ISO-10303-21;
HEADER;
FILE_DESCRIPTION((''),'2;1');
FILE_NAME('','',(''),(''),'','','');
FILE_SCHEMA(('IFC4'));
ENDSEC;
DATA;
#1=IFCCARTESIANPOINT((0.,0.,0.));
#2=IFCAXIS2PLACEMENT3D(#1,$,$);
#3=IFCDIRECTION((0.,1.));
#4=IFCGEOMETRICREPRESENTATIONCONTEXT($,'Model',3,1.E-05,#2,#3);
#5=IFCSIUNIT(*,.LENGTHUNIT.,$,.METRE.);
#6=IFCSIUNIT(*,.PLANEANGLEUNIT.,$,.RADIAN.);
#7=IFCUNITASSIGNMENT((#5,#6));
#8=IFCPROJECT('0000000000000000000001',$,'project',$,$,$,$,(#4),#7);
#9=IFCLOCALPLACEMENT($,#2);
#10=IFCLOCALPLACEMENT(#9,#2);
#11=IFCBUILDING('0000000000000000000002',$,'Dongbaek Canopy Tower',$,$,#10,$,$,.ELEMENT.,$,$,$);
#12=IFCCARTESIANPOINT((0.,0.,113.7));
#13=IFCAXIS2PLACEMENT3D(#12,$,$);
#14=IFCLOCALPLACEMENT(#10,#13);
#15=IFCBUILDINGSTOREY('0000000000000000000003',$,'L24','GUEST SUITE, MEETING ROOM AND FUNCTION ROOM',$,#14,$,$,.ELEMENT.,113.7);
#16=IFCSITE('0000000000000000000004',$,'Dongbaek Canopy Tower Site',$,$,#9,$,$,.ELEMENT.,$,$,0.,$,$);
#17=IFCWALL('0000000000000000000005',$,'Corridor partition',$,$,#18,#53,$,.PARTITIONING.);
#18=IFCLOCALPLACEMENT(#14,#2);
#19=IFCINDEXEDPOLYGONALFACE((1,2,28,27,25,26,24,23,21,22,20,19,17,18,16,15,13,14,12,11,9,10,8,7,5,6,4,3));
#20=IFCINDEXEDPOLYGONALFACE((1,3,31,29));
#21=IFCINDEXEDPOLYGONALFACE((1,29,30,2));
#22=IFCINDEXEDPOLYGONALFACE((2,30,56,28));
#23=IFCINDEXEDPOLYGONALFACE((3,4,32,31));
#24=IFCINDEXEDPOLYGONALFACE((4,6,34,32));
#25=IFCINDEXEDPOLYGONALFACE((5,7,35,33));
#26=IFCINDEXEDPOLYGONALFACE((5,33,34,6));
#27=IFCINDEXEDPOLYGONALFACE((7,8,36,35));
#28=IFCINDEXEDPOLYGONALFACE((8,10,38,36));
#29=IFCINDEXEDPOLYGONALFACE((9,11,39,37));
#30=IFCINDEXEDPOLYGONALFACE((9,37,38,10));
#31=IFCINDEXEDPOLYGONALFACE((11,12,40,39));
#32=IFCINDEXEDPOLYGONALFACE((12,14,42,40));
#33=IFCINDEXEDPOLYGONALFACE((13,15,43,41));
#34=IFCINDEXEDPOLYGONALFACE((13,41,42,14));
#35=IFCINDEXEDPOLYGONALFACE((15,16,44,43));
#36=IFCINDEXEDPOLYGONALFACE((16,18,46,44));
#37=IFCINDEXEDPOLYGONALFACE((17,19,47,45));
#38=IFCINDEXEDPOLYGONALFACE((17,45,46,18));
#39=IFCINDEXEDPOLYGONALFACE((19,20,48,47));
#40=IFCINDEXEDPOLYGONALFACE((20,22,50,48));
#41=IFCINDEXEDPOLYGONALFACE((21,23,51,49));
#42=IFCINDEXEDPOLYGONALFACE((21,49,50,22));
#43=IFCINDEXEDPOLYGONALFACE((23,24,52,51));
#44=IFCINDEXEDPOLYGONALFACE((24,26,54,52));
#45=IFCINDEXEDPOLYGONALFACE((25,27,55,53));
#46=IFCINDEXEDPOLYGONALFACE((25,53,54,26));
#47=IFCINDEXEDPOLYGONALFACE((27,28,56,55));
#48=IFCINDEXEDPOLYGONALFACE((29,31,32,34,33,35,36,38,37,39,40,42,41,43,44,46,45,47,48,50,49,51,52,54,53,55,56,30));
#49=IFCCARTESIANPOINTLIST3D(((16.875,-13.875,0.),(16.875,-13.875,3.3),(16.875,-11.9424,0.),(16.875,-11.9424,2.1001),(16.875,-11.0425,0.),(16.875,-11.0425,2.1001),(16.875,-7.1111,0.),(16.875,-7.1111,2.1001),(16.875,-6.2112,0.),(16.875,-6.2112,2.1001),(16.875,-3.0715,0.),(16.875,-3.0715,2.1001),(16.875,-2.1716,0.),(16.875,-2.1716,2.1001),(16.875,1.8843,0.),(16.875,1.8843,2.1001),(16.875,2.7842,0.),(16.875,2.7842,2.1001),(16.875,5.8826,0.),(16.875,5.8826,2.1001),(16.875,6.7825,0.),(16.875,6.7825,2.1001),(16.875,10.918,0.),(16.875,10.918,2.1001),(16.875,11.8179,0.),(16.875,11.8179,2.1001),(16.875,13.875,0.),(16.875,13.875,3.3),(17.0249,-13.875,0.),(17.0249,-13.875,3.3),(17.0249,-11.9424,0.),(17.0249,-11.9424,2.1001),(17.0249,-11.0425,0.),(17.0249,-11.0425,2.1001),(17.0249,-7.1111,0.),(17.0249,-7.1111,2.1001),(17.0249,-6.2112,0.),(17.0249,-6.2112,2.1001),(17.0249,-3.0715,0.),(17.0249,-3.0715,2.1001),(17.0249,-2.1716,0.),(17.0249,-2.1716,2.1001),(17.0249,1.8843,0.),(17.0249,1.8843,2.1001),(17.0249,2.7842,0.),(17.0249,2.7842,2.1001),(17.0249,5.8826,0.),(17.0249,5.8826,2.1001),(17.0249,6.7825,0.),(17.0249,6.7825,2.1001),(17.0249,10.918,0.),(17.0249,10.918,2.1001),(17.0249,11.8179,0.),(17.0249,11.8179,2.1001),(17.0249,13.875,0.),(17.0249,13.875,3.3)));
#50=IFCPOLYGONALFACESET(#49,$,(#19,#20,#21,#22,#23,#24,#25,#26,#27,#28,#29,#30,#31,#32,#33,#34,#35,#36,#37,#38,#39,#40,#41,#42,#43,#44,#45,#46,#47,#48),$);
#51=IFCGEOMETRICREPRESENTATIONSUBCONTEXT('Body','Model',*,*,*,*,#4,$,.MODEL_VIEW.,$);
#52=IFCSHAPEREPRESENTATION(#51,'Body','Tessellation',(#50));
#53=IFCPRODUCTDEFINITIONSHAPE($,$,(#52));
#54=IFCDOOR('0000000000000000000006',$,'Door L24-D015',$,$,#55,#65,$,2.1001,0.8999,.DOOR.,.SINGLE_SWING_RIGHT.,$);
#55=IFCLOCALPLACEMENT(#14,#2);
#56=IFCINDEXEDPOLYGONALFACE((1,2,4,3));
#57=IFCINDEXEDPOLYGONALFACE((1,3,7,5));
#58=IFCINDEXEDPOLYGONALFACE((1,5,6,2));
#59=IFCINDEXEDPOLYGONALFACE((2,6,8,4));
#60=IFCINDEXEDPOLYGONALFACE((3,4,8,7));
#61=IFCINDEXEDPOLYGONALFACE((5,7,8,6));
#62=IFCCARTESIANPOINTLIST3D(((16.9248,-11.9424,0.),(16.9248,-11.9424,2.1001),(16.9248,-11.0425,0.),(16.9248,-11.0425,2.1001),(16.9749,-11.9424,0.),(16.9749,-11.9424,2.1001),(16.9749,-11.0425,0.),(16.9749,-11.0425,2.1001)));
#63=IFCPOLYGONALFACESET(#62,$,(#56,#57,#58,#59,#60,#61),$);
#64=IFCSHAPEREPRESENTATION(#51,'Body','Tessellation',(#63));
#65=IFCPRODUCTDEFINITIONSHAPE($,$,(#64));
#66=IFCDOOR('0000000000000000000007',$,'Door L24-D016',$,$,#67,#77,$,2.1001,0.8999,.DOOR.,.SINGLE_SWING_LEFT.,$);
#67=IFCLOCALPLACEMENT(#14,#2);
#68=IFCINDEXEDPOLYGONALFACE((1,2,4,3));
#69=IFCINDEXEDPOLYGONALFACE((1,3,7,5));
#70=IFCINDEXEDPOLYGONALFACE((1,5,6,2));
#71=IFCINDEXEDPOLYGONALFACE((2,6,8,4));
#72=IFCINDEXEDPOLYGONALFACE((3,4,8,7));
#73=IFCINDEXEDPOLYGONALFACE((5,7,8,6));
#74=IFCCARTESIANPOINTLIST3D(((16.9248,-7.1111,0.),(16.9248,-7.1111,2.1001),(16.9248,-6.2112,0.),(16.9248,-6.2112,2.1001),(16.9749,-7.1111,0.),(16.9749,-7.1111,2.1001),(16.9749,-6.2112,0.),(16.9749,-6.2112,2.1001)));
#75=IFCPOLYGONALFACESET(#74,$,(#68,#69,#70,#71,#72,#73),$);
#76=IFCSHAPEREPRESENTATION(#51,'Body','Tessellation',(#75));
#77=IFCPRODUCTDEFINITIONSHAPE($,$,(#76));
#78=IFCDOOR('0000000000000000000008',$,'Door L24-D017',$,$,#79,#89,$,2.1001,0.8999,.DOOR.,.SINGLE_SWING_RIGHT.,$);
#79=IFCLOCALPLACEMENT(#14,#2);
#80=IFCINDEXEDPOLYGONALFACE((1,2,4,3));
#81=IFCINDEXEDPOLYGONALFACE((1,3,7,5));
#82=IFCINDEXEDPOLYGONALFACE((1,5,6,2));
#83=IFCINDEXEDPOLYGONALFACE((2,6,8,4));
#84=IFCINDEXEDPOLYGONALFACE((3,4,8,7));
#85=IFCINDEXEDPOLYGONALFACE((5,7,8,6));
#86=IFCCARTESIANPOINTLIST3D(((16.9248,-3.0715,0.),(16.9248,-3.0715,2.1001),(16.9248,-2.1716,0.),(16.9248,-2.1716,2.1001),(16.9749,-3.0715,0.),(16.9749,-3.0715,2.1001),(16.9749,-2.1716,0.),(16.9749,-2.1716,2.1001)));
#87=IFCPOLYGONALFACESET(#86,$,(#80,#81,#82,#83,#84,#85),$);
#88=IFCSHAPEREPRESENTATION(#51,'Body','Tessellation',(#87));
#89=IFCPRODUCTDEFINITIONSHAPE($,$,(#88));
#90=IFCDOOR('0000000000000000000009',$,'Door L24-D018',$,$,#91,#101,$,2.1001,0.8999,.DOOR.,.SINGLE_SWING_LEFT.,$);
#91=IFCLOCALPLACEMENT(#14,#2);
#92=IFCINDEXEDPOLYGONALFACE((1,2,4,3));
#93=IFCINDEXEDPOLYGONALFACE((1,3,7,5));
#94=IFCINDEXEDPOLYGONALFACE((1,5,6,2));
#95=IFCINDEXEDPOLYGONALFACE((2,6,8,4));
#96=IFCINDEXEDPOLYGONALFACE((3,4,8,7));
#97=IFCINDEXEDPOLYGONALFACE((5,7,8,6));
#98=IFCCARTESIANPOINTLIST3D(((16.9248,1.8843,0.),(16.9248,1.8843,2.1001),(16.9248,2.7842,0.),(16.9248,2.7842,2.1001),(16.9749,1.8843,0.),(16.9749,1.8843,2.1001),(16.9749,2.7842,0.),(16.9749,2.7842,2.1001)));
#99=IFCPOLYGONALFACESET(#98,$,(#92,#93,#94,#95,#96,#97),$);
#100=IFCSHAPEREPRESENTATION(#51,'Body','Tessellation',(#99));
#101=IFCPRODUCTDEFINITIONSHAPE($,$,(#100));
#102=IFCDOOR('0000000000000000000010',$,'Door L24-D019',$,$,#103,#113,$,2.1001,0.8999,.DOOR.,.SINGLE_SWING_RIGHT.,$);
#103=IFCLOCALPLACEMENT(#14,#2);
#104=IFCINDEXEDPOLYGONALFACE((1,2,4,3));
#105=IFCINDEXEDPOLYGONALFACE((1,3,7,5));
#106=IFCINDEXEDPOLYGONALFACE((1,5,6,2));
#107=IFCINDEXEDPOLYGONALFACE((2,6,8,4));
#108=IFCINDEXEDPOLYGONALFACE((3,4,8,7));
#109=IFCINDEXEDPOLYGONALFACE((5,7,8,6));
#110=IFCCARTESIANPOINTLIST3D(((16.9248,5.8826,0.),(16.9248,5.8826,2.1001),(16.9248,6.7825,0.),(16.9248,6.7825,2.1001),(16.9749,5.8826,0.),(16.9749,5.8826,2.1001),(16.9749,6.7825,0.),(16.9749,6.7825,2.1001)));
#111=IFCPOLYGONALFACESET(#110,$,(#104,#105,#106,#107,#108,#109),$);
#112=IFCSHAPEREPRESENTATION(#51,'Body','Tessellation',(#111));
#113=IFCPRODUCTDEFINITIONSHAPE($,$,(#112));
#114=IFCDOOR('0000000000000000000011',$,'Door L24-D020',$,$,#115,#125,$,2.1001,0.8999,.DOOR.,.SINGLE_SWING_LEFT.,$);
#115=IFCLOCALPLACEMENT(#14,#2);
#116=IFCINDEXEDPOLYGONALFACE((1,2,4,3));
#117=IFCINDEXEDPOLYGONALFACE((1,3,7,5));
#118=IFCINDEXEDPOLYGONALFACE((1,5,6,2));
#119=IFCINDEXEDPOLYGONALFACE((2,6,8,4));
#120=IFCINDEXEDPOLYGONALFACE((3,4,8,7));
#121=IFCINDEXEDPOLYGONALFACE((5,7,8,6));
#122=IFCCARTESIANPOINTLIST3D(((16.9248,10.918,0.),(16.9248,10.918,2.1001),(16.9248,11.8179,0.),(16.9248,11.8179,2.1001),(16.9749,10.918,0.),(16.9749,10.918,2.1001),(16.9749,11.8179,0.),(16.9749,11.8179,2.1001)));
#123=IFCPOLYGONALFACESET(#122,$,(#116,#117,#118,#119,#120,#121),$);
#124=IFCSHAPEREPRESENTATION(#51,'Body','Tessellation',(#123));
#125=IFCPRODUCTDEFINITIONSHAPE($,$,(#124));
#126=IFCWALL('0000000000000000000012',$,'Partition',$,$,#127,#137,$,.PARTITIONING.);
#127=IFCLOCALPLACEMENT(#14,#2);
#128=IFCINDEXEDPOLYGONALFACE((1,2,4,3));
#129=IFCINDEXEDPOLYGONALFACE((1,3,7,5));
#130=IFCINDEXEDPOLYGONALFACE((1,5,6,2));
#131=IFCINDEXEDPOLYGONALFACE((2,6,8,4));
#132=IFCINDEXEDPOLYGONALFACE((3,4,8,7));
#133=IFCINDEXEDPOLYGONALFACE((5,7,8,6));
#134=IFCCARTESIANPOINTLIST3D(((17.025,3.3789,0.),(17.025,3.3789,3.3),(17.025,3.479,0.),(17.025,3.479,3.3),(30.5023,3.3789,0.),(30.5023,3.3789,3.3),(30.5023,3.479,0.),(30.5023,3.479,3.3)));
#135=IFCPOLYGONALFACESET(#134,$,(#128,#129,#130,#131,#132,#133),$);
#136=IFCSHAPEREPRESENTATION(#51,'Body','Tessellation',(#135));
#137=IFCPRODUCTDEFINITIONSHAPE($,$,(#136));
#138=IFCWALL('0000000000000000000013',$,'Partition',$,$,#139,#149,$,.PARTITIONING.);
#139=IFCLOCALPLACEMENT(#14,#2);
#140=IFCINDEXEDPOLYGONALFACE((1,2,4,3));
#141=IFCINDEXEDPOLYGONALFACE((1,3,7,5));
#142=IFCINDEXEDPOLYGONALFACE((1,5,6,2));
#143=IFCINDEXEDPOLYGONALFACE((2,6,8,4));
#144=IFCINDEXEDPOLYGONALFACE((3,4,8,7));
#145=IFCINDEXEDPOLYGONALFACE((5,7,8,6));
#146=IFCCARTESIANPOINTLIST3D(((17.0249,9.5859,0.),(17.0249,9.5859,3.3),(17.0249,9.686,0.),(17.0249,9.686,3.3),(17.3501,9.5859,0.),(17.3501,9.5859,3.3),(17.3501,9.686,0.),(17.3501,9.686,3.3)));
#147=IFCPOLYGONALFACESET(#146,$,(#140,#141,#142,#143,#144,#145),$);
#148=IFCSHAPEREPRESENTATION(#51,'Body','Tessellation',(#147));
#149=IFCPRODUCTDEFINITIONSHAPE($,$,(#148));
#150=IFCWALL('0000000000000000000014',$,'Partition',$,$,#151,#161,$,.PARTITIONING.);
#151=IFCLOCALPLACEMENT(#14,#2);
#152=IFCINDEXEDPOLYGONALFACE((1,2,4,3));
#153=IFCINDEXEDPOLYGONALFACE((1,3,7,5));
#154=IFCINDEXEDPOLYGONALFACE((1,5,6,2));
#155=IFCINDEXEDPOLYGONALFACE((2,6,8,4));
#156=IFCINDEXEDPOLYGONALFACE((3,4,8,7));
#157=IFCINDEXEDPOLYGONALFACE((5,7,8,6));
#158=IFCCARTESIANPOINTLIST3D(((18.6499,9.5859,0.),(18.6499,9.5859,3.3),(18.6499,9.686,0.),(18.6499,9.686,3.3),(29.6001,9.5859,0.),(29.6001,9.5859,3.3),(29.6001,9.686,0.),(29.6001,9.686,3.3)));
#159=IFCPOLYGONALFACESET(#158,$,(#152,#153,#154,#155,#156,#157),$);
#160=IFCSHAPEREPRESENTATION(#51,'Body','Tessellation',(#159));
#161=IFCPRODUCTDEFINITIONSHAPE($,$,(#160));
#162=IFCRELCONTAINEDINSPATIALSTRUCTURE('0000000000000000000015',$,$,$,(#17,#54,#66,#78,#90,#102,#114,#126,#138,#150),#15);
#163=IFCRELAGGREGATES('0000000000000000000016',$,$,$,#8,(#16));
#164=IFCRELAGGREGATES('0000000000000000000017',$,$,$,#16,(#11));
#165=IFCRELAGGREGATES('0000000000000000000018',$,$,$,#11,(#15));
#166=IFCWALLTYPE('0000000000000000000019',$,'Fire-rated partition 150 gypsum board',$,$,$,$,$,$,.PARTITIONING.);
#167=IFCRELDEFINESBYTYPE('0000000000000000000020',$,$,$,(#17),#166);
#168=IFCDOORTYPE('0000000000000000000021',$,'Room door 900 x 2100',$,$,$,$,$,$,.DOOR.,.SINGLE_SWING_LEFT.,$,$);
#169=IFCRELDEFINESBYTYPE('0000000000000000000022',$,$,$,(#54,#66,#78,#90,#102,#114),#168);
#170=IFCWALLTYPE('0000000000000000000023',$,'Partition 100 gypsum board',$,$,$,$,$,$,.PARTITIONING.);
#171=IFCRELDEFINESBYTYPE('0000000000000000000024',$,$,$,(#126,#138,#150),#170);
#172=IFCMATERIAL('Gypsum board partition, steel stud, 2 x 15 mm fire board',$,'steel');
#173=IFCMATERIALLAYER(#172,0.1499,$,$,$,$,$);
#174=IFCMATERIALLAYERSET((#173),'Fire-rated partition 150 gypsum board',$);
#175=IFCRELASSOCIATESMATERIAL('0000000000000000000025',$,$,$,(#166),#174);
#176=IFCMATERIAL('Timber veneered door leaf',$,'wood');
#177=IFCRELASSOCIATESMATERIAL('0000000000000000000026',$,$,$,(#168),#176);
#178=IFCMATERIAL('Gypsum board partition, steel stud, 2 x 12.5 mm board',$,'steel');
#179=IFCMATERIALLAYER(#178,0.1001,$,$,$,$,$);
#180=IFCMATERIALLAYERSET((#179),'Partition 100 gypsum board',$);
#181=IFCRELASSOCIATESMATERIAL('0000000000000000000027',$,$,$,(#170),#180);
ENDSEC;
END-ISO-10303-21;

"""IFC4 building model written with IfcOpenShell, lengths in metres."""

from ifc_helpers import new_model, si_unit, direction, frame, frame_2d, origin, place, context, subcontext, project, spatial, rectangle, extrude, material, layer, layer_set, type_object, element, fill, save


model = new_model("IFC4")

# Units and contexts
model_context = context("Model", 3, precision=1e-05, world=origin(), true_north=direction((0.0, 1.0)))
body_context = subcontext(model_context, "Body", "Model", "MODEL_VIEW")
ifc_project = project(units=[si_unit("LENGTHUNIT", "METRE"), si_unit("PLANEANGLEUNIT", "RADIAN")], contexts=[model_context])

# Site, building, storey
site_placement = place(None, origin())
site = spatial("IfcSite", under=ifc_project, at=site_placement, Name="Dongbaek Canopy Tower Site", CompositionType="ELEMENT", RefElevation=0.0)
building_placement = place(site_placement, origin())
building = spatial("IfcBuilding", under=site, at=building_placement, Name="Dongbaek Canopy Tower", CompositionType="ELEMENT")
storey_placement = place(building_placement, frame((0.0, 0.0, 113.7)))
storey = spatial("IfcBuildingStorey", under=building, at=storey_placement, Name="L24", Description="GUEST SUITE, MEETING ROOM AND FUNCTION ROOM", CompositionType="ELEMENT", Elevation=113.7)

# Wall, openings, doors
ifc_material_1 = material(Name="Gypsum board partition, steel stud, 2 x 15 mm fire board", Category="steel")
ifc_layer_1 = layer(ifc_material_1, 0.1499)
ifc_layer_set_1 = layer_set([ifc_layer_1], Name="Fire-rated partition 150 gypsum board")
wall_type_1 = type_object("IfcWallType", Name="Fire-rated partition 150 gypsum board", PredefinedType="PARTITIONING", material=ifc_layer_set_1)
wall_1_placement = place(storey_placement, frame((16.95, 13.875, 0.0), z_axis=(0.0, 0.0, 1.0), x_axis=(0.0, -1.0, 0.0)))
wall_1 = element("IfcWall", 1, at=wall_1_placement, inside=storey, type_object=wall_type_1, Name="Corridor partition", PredefinedType="PARTITIONING", context=body_context, shape_type="SweptSolid", body=[
    extrude(rectangle(XDim=27.75, YDim=0.1499, at=frame_2d((13.875, 0.0))), origin(), (0.0, 0.0, 1.0), 3.3),
])
opening_1_placement = place(wall_1_placement, frame((24.9175, 0.0, 0.0)))
opening_1 = element("IfcOpeningElement", 2, at=opening_1_placement, cuts=wall_1, PredefinedType="OPENING", context=body_context, shape_type="SweptSolid", body=[
    extrude(rectangle(XDim=0.8999, YDim=2.1001, at=frame_2d((0.45, 1.05))), frame((0.0, 0.085, 0.0), z_axis=(0.0, -1.0, 0.0), x_axis=(1.0, 0.0, 0.0)), (0.0, 0.0, 1.0), 0.1699),
])
opening_2_placement = place(wall_1_placement, frame((20.0862, 0.0, 0.0)))
opening_2 = element("IfcOpeningElement", 3, at=opening_2_placement, cuts=wall_1, PredefinedType="OPENING", context=body_context, shape_type="SweptSolid", body=[
    extrude(rectangle(XDim=0.8999, YDim=2.1001, at=frame_2d((0.45, 1.05))), frame((0.0, 0.085, 0.0), z_axis=(0.0, -1.0, 0.0), x_axis=(1.0, 0.0, 0.0)), (0.0, 0.0, 1.0), 0.1699),
])
opening_3_placement = place(wall_1_placement, frame((16.0466, 0.0, 0.0)))
opening_3 = element("IfcOpeningElement", 4, at=opening_3_placement, cuts=wall_1, PredefinedType="OPENING", context=body_context, shape_type="SweptSolid", body=[
    extrude(rectangle(XDim=0.8999, YDim=2.1001, at=frame_2d((0.45, 1.05))), frame((0.0, 0.085, 0.0), z_axis=(0.0, -1.0, 0.0), x_axis=(1.0, 0.0, 0.0)), (0.0, 0.0, 1.0), 0.1699),
])
opening_4_placement = place(wall_1_placement, frame((11.0908, 0.0, 0.0)))
opening_4 = element("IfcOpeningElement", 5, at=opening_4_placement, cuts=wall_1, PredefinedType="OPENING", context=body_context, shape_type="SweptSolid", body=[
    extrude(rectangle(XDim=0.8999, YDim=2.1001, at=frame_2d((0.45, 1.05))), frame((0.0, 0.085, 0.0), z_axis=(0.0, -1.0, 0.0), x_axis=(1.0, 0.0, 0.0)), (0.0, 0.0, 1.0), 0.1699),
])
opening_5_placement = place(wall_1_placement, frame((7.0925, 0.0, 0.0)))
opening_5 = element("IfcOpeningElement", 6, at=opening_5_placement, cuts=wall_1, PredefinedType="OPENING", context=body_context, shape_type="SweptSolid", body=[
    extrude(rectangle(XDim=0.8999, YDim=2.1001, at=frame_2d((0.45, 1.05))), frame((0.0, 0.085, 0.0), z_axis=(0.0, -1.0, 0.0), x_axis=(1.0, 0.0, 0.0)), (0.0, 0.0, 1.0), 0.1699),
])
opening_6_placement = place(wall_1_placement, frame((2.0571, 0.0, 0.0)))
opening_6 = element("IfcOpeningElement", 7, at=opening_6_placement, cuts=wall_1, PredefinedType="OPENING", context=body_context, shape_type="SweptSolid", body=[
    extrude(rectangle(XDim=0.8999, YDim=2.1001, at=frame_2d((0.45, 1.05))), frame((0.0, 0.085, 0.0), z_axis=(0.0, -1.0, 0.0), x_axis=(1.0, 0.0, 0.0)), (0.0, 0.0, 1.0), 0.1699),
])
ifc_material_2 = material(Name="Timber veneered door leaf", Category="wood")
door_type_1 = type_object("IfcDoorType", Name="Room door 900 x 2100", OperationType="SINGLE_SWING_LEFT", PredefinedType="DOOR", material=ifc_material_2)
door_1_placement = place(opening_1_placement, origin())
door_1 = element("IfcDoor", 8, at=door_1_placement, inside=storey, type_object=door_type_1, Name="Door L24-D015", OperationType="SINGLE_SWING_RIGHT", OverallHeight=2.1001, OverallWidth=0.8999, PredefinedType="DOOR", context=body_context, shape_type="SweptSolid", body=[
    extrude(rectangle(XDim=0.8999, YDim=2.1001, at=frame_2d((0.45, 1.05))), frame((0.0, 0.0249, 0.0), z_axis=(0.0, -1.0, 0.0), x_axis=(1.0, 0.0, 0.0)), (0.0, 0.0, 1.0), 0.05),
])
fill(opening_1, door_1)
door_2_placement = place(opening_2_placement, origin())
door_2 = element("IfcDoor", 9, at=door_2_placement, inside=storey, type_object=door_type_1, Name="Door L24-D016", OperationType="SINGLE_SWING_LEFT", OverallHeight=2.1001, OverallWidth=0.8999, PredefinedType="DOOR", context=body_context, shape_type="SweptSolid", body=[
    extrude(rectangle(XDim=0.8999, YDim=2.1001, at=frame_2d((0.45, 1.05))), frame((0.0, 0.0249, 0.0), z_axis=(0.0, -1.0, 0.0), x_axis=(1.0, 0.0, 0.0)), (0.0, 0.0, 1.0), 0.05),
])
fill(opening_2, door_2)
door_3_placement = place(opening_3_placement, origin())
door_3 = element("IfcDoor", 10, at=door_3_placement, inside=storey, type_object=door_type_1, Name="Door L24-D017", OperationType="SINGLE_SWING_RIGHT", OverallHeight=2.1001, OverallWidth=0.8999, PredefinedType="DOOR", context=body_context, shape_type="SweptSolid", body=[
    extrude(rectangle(XDim=0.8999, YDim=2.1001, at=frame_2d((0.45, 1.05))), frame((0.0, 0.0249, 0.0), z_axis=(0.0, -1.0, 0.0), x_axis=(1.0, 0.0, 0.0)), (0.0, 0.0, 1.0), 0.05),
])
fill(opening_3, door_3)
door_4_placement = place(opening_4_placement, origin())
door_4 = element("IfcDoor", 11, at=door_4_placement, inside=storey, type_object=door_type_1, Name="Door L24-D018", OperationType="SINGLE_SWING_LEFT", OverallHeight=2.1001, OverallWidth=0.8999, PredefinedType="DOOR", context=body_context, shape_type="SweptSolid", body=[
    extrude(rectangle(XDim=0.8999, YDim=2.1001, at=frame_2d((0.45, 1.05))), frame((0.0, 0.0249, 0.0), z_axis=(0.0, -1.0, 0.0), x_axis=(1.0, 0.0, 0.0)), (0.0, 0.0, 1.0), 0.05),
])
fill(opening_4, door_4)
door_5_placement = place(opening_5_placement, origin())
door_5 = element("IfcDoor", 12, at=door_5_placement, inside=storey, type_object=door_type_1, Name="Door L24-D019", OperationType="SINGLE_SWING_RIGHT", OverallHeight=2.1001, OverallWidth=0.8999, PredefinedType="DOOR", context=body_context, shape_type="SweptSolid", body=[
    extrude(rectangle(XDim=0.8999, YDim=2.1001, at=frame_2d((0.45, 1.05))), frame((0.0, 0.0249, 0.0), z_axis=(0.0, -1.0, 0.0), x_axis=(1.0, 0.0, 0.0)), (0.0, 0.0, 1.0), 0.05),
])
fill(opening_5, door_5)
door_6_placement = place(opening_6_placement, origin())
door_6 = element("IfcDoor", 13, at=door_6_placement, inside=storey, type_object=door_type_1, Name="Door L24-D020", OperationType="SINGLE_SWING_LEFT", OverallHeight=2.1001, OverallWidth=0.8999, PredefinedType="DOOR", context=body_context, shape_type="SweptSolid", body=[
    extrude(rectangle(XDim=0.8999, YDim=2.1001, at=frame_2d((0.45, 1.05))), frame((0.0, 0.0249, 0.0), z_axis=(0.0, -1.0, 0.0), x_axis=(1.0, 0.0, 0.0)), (0.0, 0.0, 1.0), 0.05),
])
fill(opening_6, door_6)

# Walls
ifc_material_3 = material(Name="Gypsum board partition, steel stud, 2 x 12.5 mm board", Category="steel")
ifc_layer_2 = layer(ifc_material_3, 0.1001)
ifc_layer_set_2 = layer_set([ifc_layer_2], Name="Partition 100 gypsum board")
wall_type_2 = type_object("IfcWallType", Name="Partition 100 gypsum board", PredefinedType="PARTITIONING", material=ifc_layer_set_2)
wall_2_placement = place(storey_placement, frame((17.0249, 3.429, 0.0), z_axis=(0.0, 0.0, 1.0), x_axis=(1.0, 0.0, 0.0)))
element("IfcWall", 14, at=wall_2_placement, inside=storey, type_object=wall_type_2, Name="Partition", PredefinedType="PARTITIONING", context=body_context, shape_type="SweptSolid", body=[
    extrude(rectangle(XDim=13.4773, YDim=0.1001, at=frame_2d((6.7388, 0.0))), origin(), (0.0, 0.0, 1.0), 3.3),
])
wall_3_placement = place(storey_placement, frame((17.0249, 9.636, 0.0), z_axis=(0.0, 0.0, 1.0), x_axis=(1.0, 0.0, 0.0)))
element("IfcWall", 15, at=wall_3_placement, inside=storey, type_object=wall_type_2, Name="Partition", PredefinedType="PARTITIONING", context=body_context, shape_type="SweptSolid", body=[
    extrude(rectangle(XDim=0.3252, YDim=0.1001, at=frame_2d((0.1626, 0.0))), origin(), (0.0, 0.0, 1.0), 3.3),
])
wall_4_placement = place(storey_placement, frame((18.6499, 9.636, 0.0), z_axis=(0.0, 0.0, 1.0), x_axis=(1.0, 0.0, 0.0)))
element("IfcWall", 16, at=wall_4_placement, inside=storey, type_object=wall_type_2, Name="Partition", PredefinedType="PARTITIONING", context=body_context, shape_type="SweptSolid", body=[
    extrude(rectangle(XDim=10.9502, YDim=0.1001, at=frame_2d((5.4751, 0.0))), origin(), (0.0, 0.0, 1.0), 3.3),
])

save(model, "model.ifc")
